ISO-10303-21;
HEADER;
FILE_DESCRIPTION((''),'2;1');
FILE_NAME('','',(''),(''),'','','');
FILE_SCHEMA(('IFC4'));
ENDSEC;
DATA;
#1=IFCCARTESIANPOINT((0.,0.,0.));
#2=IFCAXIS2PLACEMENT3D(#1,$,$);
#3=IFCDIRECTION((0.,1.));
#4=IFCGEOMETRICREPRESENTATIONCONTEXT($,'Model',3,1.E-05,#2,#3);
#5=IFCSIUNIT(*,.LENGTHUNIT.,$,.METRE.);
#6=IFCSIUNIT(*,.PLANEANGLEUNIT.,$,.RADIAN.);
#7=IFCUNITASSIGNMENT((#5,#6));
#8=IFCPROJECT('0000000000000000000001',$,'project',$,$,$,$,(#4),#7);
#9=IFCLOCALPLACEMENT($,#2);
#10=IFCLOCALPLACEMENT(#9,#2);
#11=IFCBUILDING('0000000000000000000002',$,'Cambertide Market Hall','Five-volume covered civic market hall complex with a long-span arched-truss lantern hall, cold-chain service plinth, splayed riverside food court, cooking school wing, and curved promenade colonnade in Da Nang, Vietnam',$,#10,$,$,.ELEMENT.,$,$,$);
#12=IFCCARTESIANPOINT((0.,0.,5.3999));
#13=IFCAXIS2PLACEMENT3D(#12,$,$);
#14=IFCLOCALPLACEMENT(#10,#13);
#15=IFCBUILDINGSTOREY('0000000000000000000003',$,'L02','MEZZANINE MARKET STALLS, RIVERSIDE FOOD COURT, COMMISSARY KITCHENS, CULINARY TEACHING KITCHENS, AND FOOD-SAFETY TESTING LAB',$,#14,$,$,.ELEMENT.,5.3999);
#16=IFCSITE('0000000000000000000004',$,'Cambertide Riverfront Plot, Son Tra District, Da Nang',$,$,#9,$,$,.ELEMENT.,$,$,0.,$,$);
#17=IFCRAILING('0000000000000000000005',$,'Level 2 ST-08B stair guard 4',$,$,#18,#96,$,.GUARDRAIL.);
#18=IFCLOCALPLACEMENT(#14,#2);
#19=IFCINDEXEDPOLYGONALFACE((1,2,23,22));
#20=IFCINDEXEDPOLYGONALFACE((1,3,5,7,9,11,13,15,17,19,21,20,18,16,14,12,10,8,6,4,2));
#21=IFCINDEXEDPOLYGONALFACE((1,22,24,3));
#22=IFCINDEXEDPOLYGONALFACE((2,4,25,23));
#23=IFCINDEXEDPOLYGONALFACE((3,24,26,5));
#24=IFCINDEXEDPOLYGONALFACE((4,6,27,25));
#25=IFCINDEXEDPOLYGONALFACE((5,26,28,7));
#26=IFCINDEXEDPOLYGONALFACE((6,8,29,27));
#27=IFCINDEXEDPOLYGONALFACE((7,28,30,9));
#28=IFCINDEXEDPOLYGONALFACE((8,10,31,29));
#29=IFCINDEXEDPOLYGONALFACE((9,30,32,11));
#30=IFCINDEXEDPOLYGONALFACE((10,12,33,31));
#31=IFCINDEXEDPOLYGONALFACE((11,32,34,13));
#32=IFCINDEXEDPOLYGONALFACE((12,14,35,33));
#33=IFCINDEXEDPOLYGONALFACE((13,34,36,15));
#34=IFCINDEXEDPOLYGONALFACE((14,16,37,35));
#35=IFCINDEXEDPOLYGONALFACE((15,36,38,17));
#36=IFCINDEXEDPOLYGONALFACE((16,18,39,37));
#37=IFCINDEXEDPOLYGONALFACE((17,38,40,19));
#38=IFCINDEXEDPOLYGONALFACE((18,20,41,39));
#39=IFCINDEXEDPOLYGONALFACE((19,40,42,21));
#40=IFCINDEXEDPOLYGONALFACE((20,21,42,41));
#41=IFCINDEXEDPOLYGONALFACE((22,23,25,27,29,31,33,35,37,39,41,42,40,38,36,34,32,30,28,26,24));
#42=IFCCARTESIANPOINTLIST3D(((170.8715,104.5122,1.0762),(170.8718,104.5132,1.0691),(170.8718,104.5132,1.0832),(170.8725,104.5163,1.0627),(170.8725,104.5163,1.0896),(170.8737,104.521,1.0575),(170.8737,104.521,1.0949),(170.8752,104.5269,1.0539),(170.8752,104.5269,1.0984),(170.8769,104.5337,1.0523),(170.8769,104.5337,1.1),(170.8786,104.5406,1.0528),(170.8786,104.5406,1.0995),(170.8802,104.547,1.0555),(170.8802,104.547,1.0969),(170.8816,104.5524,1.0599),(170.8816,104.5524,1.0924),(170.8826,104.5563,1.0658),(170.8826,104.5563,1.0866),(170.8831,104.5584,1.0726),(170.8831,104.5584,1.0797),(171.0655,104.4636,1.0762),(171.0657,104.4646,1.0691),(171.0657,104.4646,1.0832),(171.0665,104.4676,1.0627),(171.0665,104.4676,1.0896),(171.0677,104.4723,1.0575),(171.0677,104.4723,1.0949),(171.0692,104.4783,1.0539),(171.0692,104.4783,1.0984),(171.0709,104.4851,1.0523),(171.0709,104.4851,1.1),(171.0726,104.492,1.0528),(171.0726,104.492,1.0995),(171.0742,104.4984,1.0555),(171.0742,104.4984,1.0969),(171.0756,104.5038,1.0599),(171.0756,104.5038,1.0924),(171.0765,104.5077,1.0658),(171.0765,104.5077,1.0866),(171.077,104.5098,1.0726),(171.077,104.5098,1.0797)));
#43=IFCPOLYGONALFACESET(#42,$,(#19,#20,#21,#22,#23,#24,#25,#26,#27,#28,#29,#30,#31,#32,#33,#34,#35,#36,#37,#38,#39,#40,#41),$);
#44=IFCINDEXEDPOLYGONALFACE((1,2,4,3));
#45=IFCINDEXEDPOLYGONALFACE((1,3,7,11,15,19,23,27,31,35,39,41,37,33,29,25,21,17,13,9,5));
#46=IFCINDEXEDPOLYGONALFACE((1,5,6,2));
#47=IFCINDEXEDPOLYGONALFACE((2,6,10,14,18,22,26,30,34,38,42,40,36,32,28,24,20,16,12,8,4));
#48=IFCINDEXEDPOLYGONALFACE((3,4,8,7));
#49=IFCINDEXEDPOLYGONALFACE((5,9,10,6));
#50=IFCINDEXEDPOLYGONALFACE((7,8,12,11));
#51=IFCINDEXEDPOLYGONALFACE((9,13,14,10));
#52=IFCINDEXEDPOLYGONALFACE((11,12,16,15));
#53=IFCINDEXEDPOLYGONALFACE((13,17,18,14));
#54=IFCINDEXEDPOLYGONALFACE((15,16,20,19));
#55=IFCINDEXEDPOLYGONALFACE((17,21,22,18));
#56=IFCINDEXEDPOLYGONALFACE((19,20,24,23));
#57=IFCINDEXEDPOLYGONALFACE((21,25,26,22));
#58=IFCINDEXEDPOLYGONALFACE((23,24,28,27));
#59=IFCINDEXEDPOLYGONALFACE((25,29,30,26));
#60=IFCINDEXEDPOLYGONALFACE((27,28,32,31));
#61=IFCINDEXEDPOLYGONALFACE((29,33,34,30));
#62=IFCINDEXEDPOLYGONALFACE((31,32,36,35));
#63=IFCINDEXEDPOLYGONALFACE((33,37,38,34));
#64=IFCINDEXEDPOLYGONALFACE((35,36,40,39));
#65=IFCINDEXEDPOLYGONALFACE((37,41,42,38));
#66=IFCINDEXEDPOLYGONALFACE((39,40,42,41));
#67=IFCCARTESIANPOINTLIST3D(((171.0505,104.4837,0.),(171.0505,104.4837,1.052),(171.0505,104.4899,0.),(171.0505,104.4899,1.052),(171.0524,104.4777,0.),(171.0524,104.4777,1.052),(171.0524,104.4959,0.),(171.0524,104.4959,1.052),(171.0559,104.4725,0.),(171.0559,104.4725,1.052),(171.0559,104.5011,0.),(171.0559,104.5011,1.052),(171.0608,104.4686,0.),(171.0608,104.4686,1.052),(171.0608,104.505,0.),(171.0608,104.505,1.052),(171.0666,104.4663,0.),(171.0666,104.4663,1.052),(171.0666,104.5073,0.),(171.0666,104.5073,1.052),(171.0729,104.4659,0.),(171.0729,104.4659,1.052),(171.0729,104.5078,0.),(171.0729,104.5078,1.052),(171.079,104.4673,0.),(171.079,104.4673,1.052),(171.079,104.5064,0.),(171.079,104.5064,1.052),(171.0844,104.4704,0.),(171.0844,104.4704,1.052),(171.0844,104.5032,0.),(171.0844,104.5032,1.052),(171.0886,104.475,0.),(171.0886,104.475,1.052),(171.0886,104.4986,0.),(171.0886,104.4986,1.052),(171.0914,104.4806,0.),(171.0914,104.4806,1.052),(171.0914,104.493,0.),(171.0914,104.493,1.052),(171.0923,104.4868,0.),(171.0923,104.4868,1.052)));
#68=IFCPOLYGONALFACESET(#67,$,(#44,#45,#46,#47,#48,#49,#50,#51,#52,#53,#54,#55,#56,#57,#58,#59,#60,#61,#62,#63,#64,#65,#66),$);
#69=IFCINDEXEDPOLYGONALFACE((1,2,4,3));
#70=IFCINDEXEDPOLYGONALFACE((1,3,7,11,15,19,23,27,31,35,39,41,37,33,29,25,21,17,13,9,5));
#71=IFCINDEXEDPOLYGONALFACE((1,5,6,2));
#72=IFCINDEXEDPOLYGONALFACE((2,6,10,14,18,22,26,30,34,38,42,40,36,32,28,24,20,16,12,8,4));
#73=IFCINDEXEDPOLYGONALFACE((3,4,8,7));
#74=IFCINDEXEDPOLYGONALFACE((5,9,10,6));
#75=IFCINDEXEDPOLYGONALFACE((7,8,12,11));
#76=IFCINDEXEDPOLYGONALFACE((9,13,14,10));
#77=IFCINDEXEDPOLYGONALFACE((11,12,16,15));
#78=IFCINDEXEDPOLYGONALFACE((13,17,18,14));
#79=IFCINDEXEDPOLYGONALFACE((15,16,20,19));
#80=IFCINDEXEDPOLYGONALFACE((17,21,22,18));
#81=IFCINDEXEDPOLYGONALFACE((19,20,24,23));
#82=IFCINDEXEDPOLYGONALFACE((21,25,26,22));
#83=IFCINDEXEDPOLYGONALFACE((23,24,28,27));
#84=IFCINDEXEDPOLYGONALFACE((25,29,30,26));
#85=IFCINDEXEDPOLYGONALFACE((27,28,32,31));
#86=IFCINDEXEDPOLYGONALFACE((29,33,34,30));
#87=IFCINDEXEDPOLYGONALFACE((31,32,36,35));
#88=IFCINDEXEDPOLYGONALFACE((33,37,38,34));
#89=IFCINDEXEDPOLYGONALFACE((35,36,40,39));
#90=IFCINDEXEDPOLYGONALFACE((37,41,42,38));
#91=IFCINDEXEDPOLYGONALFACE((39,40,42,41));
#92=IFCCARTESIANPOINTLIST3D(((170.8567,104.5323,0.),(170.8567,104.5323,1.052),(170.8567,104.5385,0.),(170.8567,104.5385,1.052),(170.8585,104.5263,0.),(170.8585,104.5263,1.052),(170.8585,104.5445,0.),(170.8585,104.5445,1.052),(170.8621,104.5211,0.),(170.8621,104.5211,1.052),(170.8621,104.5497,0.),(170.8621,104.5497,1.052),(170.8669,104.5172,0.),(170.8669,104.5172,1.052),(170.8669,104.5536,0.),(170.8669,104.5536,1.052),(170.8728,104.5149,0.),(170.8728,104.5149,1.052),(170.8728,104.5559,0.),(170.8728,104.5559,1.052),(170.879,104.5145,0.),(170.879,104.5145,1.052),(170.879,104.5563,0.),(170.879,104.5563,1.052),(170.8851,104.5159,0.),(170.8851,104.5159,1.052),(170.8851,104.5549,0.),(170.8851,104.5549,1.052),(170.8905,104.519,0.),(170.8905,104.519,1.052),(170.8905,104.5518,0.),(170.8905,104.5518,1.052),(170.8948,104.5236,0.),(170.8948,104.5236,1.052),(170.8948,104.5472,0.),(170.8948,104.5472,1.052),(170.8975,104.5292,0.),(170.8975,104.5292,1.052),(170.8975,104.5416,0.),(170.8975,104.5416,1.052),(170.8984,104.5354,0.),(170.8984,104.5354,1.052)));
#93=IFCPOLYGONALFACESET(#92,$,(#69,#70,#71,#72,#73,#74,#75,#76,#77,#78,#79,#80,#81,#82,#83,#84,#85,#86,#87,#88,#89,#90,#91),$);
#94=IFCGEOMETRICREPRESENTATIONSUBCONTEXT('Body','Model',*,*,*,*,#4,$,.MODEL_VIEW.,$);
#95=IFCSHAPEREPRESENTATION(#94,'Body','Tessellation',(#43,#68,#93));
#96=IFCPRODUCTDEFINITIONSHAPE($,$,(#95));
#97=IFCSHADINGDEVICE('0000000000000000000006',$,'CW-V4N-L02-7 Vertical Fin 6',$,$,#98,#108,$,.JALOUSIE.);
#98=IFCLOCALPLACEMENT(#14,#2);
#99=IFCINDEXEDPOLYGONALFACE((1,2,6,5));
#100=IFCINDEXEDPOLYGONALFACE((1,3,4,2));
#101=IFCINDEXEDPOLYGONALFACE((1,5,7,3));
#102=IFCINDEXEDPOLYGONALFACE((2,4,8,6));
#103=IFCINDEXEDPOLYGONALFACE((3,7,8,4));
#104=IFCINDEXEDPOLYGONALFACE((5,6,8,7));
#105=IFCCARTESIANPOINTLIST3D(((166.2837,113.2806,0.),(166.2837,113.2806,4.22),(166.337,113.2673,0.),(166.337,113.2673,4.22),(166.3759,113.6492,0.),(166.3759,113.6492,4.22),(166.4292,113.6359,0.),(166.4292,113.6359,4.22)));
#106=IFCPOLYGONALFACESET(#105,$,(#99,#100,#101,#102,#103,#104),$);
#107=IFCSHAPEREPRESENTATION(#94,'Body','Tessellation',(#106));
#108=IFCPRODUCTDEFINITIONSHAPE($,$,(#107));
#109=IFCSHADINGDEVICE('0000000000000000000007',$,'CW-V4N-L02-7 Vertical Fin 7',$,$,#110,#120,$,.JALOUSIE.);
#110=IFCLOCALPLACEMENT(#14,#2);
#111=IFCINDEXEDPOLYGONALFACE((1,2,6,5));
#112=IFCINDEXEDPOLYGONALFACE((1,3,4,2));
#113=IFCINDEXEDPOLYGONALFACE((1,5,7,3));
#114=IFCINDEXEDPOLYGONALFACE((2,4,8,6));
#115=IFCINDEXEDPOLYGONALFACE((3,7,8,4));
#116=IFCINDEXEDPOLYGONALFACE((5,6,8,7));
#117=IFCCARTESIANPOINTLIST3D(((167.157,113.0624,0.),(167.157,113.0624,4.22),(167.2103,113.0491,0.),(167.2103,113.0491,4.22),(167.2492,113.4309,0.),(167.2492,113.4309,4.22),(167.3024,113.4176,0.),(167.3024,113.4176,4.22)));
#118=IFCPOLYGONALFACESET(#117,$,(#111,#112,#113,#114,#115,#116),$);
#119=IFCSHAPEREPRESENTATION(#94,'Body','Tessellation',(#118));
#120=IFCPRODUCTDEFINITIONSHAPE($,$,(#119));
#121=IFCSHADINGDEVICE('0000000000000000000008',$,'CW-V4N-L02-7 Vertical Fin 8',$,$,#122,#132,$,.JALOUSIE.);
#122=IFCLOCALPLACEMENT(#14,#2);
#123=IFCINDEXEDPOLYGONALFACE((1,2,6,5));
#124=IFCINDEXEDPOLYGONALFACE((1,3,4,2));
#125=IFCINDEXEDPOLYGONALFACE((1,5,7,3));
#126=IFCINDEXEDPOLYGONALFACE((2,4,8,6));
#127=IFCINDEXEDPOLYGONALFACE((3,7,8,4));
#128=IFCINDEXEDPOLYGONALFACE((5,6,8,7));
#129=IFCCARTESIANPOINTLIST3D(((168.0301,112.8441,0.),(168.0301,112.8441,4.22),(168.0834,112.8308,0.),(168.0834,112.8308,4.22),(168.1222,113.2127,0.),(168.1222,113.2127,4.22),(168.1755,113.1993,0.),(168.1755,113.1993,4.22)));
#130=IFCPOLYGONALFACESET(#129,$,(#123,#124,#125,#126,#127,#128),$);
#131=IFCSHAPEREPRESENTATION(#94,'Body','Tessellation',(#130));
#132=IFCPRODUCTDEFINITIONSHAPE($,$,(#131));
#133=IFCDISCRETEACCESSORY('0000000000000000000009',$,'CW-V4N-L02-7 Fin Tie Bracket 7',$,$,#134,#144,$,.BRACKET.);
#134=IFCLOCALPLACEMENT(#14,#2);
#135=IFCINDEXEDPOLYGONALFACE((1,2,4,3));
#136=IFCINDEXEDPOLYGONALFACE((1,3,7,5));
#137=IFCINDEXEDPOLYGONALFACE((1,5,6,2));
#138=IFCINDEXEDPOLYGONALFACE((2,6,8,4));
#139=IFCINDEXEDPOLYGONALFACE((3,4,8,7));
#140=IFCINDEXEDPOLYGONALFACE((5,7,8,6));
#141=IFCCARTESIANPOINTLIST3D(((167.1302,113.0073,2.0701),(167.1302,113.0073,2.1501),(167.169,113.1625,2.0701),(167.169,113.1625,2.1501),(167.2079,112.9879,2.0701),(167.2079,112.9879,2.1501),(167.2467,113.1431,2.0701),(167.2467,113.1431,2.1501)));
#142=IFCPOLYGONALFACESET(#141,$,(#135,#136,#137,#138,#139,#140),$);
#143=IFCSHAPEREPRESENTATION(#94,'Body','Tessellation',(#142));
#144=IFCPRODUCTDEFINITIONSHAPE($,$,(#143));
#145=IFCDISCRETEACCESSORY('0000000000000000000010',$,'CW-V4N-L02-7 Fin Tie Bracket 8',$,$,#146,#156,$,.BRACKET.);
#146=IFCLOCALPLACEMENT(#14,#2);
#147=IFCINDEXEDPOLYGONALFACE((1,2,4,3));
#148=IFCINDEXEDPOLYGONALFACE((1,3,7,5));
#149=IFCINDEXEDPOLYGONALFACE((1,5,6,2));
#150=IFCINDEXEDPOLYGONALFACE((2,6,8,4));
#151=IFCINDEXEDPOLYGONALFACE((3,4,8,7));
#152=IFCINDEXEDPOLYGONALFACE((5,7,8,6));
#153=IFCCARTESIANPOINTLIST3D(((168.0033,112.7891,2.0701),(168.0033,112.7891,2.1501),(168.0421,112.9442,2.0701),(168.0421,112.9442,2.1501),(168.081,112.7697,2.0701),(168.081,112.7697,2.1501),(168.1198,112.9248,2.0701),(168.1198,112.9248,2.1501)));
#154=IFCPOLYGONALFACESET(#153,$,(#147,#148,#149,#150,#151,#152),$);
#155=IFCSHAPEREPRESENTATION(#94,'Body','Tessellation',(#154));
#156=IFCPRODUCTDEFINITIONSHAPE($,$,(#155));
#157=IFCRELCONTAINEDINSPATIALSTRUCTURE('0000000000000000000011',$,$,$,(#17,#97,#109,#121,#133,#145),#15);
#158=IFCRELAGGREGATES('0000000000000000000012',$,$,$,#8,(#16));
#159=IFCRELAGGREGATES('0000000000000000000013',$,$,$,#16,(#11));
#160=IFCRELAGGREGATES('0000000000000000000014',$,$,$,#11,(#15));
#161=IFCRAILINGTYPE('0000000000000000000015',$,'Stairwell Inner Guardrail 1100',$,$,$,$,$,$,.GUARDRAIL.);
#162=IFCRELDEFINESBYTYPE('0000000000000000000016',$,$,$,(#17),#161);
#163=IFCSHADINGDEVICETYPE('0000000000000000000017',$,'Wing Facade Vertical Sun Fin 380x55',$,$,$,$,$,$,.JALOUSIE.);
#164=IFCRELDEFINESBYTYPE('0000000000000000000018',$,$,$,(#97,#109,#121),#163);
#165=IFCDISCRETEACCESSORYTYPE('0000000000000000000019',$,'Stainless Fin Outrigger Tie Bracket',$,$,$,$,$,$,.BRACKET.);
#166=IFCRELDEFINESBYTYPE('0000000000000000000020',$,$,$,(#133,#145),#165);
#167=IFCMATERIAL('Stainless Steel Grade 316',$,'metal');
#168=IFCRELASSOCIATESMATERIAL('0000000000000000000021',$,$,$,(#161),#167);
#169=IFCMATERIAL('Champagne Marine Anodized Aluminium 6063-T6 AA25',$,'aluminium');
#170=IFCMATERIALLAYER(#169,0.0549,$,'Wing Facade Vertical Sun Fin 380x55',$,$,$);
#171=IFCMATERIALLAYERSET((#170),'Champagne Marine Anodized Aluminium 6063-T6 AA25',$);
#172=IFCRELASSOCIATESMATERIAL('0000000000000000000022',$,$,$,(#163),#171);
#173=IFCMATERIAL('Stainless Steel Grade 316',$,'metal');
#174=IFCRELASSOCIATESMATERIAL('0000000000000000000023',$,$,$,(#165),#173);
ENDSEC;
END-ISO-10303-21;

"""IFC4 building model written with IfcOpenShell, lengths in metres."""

from ifc_helpers import new_model, si_unit, direction, frame, origin, origin_2d, place, context, subcontext, project, spatial, rectangle, circle, extrude, material, layer, layer_set, type_object, element, save


model = new_model("IFC4")

# Units and contexts
model_context = context("Model", 3, precision=1e-05, world=origin(), true_north=direction((0.0, 1.0)))
body_context = subcontext(model_context, "Body", "Model", "MODEL_VIEW")
ifc_project = project(units=[si_unit("LENGTHUNIT", "METRE"), si_unit("PLANEANGLEUNIT", "RADIAN")], contexts=[model_context])

# Site, building, storey
site_placement = place(None, origin())
site = spatial("IfcSite", under=ifc_project, at=site_placement, Name="Cambertide Riverfront Plot, Son Tra District, Da Nang", CompositionType="ELEMENT", RefElevation=0.0)
building_placement = place(site_placement, origin())
building = spatial("IfcBuilding", under=site, at=building_placement, Name="Cambertide Market Hall", Description="Five-volume covered civic market hall complex with a long-span arched-truss lantern hall, cold-chain service plinth, splayed riverside food court, cooking school wing, and curved promenade colonnade in Da Nang, Vietnam", CompositionType="ELEMENT")
storey_placement = place(building_placement, frame((0.0, 0.0, 5.3999)))
storey = spatial("IfcBuildingStorey", under=building, at=storey_placement, Name="L02", Description="MEZZANINE MARKET STALLS, RIVERSIDE FOOD COURT, COMMISSARY KITCHENS, CULINARY TEACHING KITCHENS, AND FOOD-SAFETY TESTING LAB", CompositionType="ELEMENT", Elevation=5.3999)

# Railing
ifc_material_1 = material(Name="Stainless Steel Grade 316", Category="metal")
railing_type_1 = type_object("IfcRailingType", Name="Stairwell Inner Guardrail 1100", PredefinedType="GUARDRAIL", material=ifc_material_1)
railing_1_placement = place(storey_placement, frame((171.0713, 104.4868, 0.0)))
element("IfcRailing", 1, at=railing_1_placement, inside=storey, type_object=railing_type_1, Name="Level 2 ST-08B stair guard 4", PredefinedType="GUARDRAIL", context=body_context, shape_type="SweptSolid", body=[
    extrude(circle(Radius=0.0239, at=origin_2d()), frame((0.0, 0.0, 1.0762), z_axis=(-0.969999, 0.24311, 0.0), x_axis=(-0.24311, -0.969999, 0.0)), (0.0, 0.0, 1.0), 0.2),
    extrude(circle(Radius=0.021, at=origin_2d()), origin(), (0.0, 0.0, 1.0), 1.052),
    extrude(circle(Radius=0.021, at=origin_2d()), frame((-0.1938, 0.0486, 0.0)), (0.0, 0.0, 1.0), 1.052),
])

# Shading devices
ifc_material_2 = material(Name="Champagne Marine Anodized Aluminium 6063-T6 AA25", Category="aluminium")
ifc_layer_1 = layer(ifc_material_2, 0.0549, Name="Wing Facade Vertical Sun Fin 380x55")
ifc_layer_set_1 = layer_set([ifc_layer_1], Name="Champagne Marine Anodized Aluminium 6063-T6 AA25")
shading_device_type = type_object("IfcShadingDeviceType", Name="Wing Facade Vertical Sun Fin 380x55", PredefinedType="JALOUSIE", material=ifc_layer_set_1)
for number, where, z_axis, x_axis, name in (
    (2, (166.3564, 113.4583, 0.0), (0.0, 0.0, 1.0), (0.970143, -0.242536, 0.0), "CW-V4N-L02-7 Vertical Fin 6"),
    (3, (167.2297, 113.24, 0.0), (0.0, 0.0, 1.0), (0.970143, -0.242536, 0.0), "CW-V4N-L02-7 Vertical Fin 7"),
    (4, (168.1028, 113.0217, 0.0), (0.0, 0.0, 1.0), (0.970143, -0.242536, 0.0), "CW-V4N-L02-7 Vertical Fin 8"),
):
    element("IfcShadingDevice", number, at=place(storey_placement, frame(where, z_axis=z_axis, x_axis=x_axis)), inside=storey, type_object=shading_device_type, Name=name, PredefinedType="JALOUSIE", context=body_context, shape_type="SweptSolid", body=[
        extrude(rectangle(XDim=0.0549, YDim=0.3799, at=origin_2d()), origin(), (0.0, 0.0, 1.0), 4.22),
    ])

# Discrete accessories
ifc_material_3 = material(Name="Stainless Steel Grade 316", Category="metal")
discrete_accessory_type = type_object("IfcDiscreteAccessoryType", Name="Stainless Fin Outrigger Tie Bracket", PredefinedType="BRACKET", material=ifc_material_3)
for number, where, z_axis, x_axis, name in (
    (5, (167.1885, 113.0752, 2.0701), (0.0, 0.0, 1.0), (0.970143, -0.242536, 0.0), "CW-V4N-L02-7 Fin Tie Bracket 7"),
    (6, (168.0615, 112.8569, 2.0701), (0.0, 0.0, 1.0), (0.970143, -0.242536, 0.0), "CW-V4N-L02-7 Fin Tie Bracket 8"),
):
    element("IfcDiscreteAccessory", number, at=place(storey_placement, frame(where, z_axis=z_axis, x_axis=x_axis)), inside=storey, type_object=discrete_accessory_type, Name=name, PredefinedType="BRACKET", context=body_context, shape_type="SweptSolid", body=[
        extrude(rectangle(XDim=0.0801, YDim=0.1599, at=origin_2d()), origin(), (0.0, 0.0, 1.0), 0.0801),
    ])

save(model, "model.ifc")
